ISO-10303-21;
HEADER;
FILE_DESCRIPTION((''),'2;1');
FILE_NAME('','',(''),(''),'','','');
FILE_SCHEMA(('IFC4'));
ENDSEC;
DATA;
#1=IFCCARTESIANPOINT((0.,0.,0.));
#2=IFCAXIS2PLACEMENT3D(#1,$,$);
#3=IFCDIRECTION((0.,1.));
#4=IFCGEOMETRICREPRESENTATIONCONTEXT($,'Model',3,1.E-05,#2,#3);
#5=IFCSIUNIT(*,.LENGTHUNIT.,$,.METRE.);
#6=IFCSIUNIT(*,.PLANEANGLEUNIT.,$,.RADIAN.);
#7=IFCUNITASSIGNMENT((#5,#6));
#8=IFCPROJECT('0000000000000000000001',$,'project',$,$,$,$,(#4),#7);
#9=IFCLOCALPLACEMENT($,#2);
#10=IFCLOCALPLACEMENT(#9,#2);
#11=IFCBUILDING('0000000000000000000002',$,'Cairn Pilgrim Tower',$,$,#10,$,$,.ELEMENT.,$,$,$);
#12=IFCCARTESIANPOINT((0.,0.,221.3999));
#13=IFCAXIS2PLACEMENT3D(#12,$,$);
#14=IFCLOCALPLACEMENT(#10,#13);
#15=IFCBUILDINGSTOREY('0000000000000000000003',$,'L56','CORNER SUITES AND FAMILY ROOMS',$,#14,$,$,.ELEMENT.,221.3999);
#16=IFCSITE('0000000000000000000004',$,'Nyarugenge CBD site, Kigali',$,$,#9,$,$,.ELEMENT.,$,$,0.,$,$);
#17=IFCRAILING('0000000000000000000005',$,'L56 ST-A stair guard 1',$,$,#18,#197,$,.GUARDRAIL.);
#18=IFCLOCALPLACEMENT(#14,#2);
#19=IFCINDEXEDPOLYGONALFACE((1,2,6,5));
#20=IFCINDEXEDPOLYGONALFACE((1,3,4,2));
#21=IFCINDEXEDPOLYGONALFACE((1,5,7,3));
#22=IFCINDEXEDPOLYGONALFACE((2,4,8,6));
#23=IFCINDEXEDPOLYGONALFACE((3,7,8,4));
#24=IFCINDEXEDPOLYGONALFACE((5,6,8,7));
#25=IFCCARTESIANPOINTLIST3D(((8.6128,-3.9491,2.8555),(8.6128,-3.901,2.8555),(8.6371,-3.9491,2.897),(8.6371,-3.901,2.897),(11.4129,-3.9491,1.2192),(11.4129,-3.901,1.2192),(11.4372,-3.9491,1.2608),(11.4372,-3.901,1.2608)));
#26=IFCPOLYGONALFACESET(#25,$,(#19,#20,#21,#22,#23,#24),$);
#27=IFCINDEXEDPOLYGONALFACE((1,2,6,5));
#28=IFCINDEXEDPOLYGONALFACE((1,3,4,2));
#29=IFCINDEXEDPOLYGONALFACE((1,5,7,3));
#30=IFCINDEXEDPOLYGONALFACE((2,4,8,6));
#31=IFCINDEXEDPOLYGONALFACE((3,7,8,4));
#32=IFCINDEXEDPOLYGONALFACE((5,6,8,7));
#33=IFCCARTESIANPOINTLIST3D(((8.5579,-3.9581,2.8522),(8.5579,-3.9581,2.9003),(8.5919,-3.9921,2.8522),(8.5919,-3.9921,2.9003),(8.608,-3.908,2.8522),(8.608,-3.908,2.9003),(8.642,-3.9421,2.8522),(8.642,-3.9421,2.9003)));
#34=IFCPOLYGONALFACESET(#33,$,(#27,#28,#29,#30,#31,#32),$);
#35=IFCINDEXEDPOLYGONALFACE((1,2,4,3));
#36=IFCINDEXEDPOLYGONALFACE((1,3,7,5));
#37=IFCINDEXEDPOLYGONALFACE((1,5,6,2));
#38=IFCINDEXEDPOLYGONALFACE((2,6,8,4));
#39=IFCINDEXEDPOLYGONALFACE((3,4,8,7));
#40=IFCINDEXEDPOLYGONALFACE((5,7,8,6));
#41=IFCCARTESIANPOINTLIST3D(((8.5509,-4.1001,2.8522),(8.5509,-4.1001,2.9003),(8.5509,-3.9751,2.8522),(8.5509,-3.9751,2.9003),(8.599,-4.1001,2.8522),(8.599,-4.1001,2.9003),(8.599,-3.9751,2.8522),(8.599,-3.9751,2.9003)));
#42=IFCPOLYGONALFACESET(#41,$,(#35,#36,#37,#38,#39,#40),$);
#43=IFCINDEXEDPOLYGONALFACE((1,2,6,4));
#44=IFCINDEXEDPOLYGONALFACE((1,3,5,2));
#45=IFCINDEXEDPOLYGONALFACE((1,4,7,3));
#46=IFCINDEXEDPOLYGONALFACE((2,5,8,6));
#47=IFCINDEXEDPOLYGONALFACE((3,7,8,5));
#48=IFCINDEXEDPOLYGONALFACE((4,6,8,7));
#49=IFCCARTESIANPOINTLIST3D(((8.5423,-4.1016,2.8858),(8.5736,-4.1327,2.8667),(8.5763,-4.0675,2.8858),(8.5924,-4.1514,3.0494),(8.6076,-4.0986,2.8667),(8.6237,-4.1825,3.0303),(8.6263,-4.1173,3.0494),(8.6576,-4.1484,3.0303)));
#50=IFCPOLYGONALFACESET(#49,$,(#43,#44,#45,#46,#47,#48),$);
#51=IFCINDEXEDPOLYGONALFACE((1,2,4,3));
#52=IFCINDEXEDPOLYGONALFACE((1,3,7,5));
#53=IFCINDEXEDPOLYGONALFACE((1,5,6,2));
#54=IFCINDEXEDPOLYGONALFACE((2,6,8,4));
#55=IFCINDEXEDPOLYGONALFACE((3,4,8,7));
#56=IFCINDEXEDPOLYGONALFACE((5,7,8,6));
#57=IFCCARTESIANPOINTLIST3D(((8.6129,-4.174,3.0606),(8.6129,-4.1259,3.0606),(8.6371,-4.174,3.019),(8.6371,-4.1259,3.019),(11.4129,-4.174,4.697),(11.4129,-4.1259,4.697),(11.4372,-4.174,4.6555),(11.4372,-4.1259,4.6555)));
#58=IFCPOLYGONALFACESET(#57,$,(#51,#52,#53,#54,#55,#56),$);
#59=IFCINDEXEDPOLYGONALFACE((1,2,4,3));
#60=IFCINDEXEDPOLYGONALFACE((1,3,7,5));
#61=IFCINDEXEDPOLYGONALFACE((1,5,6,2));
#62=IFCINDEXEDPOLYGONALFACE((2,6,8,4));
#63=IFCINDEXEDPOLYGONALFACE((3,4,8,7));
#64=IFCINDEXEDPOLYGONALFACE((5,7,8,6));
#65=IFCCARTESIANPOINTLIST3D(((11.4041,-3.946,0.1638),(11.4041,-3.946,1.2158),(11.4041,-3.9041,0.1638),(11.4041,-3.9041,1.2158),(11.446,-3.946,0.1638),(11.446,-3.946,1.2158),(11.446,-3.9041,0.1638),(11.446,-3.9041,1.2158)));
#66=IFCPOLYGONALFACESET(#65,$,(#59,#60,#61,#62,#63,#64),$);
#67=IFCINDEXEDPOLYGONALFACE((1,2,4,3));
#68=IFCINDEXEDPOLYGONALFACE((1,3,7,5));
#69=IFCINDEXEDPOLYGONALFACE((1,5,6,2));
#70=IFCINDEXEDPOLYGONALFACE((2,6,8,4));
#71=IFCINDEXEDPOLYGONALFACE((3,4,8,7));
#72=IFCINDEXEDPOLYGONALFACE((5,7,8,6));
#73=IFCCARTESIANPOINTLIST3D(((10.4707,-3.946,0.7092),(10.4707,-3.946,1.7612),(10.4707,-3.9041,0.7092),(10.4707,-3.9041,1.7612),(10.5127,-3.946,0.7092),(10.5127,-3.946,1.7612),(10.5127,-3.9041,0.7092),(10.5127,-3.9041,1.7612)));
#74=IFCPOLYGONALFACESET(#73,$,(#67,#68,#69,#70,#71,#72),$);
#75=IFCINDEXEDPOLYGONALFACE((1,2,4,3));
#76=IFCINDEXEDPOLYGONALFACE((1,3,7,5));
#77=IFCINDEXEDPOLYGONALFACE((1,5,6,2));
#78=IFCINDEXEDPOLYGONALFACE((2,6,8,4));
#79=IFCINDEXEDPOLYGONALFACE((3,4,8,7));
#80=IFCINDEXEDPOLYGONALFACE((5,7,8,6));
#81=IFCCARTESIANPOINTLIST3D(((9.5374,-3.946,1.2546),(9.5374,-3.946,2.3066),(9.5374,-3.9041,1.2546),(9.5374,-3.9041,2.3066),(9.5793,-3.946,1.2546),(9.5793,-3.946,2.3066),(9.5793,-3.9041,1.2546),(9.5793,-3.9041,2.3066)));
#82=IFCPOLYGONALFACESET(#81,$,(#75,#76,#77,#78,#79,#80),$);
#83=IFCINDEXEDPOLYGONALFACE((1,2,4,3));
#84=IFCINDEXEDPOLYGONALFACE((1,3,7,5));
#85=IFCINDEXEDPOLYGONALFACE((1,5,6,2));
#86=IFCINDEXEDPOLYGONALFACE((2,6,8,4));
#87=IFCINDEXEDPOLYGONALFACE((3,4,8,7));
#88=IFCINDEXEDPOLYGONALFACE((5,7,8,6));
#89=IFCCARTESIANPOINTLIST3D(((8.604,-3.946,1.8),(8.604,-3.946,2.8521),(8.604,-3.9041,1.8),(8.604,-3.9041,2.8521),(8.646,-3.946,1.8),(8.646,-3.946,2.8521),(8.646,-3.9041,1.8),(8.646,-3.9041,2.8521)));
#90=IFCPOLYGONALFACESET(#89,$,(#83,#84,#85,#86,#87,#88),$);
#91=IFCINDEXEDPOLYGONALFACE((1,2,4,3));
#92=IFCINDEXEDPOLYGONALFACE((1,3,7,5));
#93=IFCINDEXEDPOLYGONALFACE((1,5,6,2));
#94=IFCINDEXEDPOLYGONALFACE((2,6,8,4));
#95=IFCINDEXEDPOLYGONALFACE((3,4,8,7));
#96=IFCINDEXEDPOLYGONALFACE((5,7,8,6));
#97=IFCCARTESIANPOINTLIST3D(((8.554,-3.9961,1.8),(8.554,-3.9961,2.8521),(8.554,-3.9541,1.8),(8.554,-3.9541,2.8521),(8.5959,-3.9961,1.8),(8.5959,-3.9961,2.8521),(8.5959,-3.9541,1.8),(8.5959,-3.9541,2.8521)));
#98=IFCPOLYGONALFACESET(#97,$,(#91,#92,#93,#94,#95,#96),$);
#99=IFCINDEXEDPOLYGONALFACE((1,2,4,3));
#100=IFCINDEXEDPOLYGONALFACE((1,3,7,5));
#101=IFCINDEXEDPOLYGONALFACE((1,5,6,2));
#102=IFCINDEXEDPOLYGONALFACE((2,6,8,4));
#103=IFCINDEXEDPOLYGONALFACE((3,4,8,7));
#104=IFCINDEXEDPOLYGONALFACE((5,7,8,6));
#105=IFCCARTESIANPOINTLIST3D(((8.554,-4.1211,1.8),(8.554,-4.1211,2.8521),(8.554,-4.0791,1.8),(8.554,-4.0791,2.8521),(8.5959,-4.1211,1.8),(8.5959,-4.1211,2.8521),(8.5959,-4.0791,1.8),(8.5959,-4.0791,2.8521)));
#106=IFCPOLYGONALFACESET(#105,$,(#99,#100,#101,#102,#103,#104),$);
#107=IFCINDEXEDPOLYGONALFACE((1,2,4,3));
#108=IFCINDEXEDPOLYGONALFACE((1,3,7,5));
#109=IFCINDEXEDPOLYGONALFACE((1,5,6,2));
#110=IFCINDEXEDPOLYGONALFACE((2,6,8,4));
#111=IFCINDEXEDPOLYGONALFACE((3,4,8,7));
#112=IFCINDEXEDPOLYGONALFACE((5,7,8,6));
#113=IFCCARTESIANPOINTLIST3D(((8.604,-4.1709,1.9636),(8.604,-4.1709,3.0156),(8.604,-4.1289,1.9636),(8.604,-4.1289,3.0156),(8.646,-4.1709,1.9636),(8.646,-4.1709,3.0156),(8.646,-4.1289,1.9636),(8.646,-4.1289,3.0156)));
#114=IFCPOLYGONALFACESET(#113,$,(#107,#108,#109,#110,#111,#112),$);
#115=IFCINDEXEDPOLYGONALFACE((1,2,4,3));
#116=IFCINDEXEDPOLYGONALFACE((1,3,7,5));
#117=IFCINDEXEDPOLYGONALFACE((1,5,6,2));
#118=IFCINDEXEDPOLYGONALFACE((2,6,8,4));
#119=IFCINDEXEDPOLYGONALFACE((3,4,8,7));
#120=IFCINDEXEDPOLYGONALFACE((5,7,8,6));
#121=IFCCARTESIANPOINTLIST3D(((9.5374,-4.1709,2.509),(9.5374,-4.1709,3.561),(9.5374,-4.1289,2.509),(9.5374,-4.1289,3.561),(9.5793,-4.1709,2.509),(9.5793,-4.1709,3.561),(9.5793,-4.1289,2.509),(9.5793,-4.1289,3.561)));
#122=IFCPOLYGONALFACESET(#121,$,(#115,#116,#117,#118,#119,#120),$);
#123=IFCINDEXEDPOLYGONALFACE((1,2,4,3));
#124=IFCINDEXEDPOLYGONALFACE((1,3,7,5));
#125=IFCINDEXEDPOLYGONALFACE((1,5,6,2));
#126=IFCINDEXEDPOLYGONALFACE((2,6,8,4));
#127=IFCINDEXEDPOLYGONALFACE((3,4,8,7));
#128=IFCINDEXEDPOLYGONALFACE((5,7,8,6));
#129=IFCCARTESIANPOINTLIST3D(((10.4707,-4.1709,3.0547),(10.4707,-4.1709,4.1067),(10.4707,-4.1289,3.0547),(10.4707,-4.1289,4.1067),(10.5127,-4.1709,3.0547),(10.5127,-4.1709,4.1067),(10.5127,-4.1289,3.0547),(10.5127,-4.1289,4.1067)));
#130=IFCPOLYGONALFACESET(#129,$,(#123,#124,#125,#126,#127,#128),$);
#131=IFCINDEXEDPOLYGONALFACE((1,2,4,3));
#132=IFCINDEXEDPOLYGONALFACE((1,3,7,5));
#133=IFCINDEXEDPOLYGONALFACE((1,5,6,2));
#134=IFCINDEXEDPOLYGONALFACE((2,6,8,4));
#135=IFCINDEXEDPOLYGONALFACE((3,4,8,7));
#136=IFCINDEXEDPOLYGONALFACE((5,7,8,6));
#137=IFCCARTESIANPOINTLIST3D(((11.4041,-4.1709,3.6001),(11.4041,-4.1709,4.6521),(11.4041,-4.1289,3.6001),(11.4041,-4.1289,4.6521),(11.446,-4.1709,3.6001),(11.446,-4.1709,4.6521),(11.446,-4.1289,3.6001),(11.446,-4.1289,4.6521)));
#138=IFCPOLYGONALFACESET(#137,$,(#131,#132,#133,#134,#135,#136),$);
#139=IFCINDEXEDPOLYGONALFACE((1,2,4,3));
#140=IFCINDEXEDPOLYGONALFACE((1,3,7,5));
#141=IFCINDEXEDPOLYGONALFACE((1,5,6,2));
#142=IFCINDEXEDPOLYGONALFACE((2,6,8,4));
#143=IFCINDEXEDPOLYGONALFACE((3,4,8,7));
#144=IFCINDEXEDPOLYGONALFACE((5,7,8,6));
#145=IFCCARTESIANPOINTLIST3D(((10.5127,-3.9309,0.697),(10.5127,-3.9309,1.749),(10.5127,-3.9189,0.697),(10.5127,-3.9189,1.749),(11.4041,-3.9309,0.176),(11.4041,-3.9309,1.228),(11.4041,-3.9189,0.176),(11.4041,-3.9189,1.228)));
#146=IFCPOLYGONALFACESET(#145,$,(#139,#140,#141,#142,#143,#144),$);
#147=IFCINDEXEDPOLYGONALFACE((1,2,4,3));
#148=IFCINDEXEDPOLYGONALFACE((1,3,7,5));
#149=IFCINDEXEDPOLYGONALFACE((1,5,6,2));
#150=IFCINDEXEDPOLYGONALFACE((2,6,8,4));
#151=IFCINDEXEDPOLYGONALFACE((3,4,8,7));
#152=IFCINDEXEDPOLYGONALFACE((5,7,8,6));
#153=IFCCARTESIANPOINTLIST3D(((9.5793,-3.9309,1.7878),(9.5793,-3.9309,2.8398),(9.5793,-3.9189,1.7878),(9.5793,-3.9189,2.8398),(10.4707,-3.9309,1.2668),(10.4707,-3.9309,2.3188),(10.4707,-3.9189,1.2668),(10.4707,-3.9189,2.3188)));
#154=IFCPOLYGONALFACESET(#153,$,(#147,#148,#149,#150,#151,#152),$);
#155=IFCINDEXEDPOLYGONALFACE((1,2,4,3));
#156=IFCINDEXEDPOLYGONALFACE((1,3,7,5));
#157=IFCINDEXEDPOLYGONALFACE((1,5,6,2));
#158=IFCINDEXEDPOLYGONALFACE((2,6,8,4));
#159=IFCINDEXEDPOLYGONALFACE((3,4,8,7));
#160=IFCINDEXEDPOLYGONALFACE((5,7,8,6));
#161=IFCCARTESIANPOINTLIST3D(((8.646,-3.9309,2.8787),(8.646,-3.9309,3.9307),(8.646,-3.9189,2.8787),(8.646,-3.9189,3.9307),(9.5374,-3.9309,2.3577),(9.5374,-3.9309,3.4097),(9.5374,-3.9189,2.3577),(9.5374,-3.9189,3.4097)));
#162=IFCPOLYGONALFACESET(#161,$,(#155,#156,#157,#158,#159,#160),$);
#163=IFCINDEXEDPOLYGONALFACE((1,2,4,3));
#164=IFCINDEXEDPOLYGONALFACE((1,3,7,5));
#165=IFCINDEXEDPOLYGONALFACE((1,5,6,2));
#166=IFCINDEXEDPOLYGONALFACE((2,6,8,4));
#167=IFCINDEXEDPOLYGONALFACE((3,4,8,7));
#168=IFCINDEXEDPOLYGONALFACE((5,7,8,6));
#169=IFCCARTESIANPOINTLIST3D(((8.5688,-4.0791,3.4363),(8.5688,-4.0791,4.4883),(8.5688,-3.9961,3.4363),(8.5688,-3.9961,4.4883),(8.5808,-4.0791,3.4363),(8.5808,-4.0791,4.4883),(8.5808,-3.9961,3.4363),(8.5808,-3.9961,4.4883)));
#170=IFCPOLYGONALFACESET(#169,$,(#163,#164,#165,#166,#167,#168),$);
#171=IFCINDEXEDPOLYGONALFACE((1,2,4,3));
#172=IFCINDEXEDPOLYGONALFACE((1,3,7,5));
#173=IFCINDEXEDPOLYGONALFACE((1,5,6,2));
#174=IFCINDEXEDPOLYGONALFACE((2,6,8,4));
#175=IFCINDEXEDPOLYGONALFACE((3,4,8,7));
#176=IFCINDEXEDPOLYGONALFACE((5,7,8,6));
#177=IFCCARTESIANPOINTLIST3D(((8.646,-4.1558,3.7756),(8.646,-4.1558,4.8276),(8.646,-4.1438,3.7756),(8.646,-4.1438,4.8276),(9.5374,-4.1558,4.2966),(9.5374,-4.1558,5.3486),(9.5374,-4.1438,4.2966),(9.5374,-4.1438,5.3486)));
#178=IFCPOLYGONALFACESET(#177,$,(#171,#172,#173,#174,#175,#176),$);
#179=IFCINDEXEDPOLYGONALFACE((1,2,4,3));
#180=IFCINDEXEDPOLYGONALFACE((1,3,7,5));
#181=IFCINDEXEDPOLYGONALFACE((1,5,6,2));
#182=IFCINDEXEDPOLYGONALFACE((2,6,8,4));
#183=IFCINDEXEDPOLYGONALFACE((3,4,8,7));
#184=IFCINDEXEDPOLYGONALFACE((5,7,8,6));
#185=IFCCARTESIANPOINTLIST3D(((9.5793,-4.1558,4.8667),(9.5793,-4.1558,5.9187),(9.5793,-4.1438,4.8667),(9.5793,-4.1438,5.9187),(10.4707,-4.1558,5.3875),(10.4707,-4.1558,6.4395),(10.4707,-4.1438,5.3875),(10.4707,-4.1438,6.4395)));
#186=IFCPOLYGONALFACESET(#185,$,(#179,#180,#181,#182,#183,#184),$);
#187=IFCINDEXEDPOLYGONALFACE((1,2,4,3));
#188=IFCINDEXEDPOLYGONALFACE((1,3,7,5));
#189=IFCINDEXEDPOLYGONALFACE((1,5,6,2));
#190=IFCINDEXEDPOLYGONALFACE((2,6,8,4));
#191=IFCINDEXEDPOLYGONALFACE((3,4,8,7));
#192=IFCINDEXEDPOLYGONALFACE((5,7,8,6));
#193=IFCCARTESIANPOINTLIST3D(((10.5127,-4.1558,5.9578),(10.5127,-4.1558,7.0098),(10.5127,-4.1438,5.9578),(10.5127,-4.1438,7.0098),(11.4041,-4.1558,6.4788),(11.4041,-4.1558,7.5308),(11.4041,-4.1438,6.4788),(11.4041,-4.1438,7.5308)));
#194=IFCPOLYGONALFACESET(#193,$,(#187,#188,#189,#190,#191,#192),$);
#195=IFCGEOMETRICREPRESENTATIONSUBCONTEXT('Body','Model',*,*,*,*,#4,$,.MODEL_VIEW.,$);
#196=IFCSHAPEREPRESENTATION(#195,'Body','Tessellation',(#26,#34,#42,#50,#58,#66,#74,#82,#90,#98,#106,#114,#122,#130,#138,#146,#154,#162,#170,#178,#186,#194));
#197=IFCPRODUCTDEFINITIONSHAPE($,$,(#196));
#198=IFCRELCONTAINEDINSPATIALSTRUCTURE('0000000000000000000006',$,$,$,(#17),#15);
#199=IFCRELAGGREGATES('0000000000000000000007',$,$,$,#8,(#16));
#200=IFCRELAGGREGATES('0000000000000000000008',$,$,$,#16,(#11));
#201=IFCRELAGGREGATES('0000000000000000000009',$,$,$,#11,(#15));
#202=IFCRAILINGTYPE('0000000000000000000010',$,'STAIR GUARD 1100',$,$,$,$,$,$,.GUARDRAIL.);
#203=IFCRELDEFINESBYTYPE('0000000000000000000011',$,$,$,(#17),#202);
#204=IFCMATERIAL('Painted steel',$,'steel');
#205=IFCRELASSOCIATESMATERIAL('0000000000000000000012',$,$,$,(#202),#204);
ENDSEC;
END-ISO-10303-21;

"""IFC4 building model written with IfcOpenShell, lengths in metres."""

from ifc_helpers import new_model, si_unit, direction, frame, origin, origin_2d, place, context, subcontext, project, spatial, polyline, rectangle, outline, extrude, material, type_object, element, save


model = new_model("IFC4")

# Units and contexts
model_context = context("Model", 3, precision=1e-05, world=origin(), true_north=direction((0.0, 1.0)))
body_context = subcontext(model_context, "Body", "Model", "MODEL_VIEW")
ifc_project = project(units=[si_unit("LENGTHUNIT", "METRE"), si_unit("PLANEANGLEUNIT", "RADIAN")], contexts=[model_context])

# Site, building, storey
site_placement = place(None, origin())
site = spatial("IfcSite", under=ifc_project, at=site_placement, Name="Nyarugenge CBD site, Kigali", CompositionType="ELEMENT", RefElevation=0.0)
building_placement = place(site_placement, origin())
building = spatial("IfcBuilding", under=site, at=building_placement, Name="Cairn Pilgrim Tower", CompositionType="ELEMENT")
storey_placement = place(building_placement, frame((0.0, 0.0, 221.3999)))
storey = spatial("IfcBuildingStorey", under=building, at=storey_placement, Name="L56", Description="CORNER SUITES AND FAMILY ROOMS", CompositionType="ELEMENT", Elevation=221.3999)

# Shared definitions
ifc_material_1 = material(Name="Painted steel", Category="steel")

# Railing
railing_type_1 = type_object("IfcRailingType", Name="STAIR GUARD 1100", PredefinedType="GUARDRAIL", material=ifc_material_1)
railing_1_placement = place(storey_placement, frame((11.425, -3.925, 0.1638)))
element("IfcRailing", 1, at=railing_1_placement, inside=storey, type_object=railing_type_1, Name="L56 ST-A stair guard 1", PredefinedType="GUARDRAIL", context=body_context, shape_type="SweptSolid", body=[
    extrude(rectangle(XDim=0.0481, YDim=0.0481, at=origin_2d()), frame((0.0, 0.0, 1.0762), z_axis=(-0.863394, 0.0, 0.504531), x_axis=(0.0, -1.0, 0.0)), (0.0, 0.0, 1.0), 3.2432),
    extrude(rectangle(XDim=0.0481, YDim=0.0481, at=origin_2d()), frame((-2.8, 0.0, 2.7124), z_axis=(-0.707107, -0.707107, 0.0), x_axis=(0.707107, -0.707107, 0.0)), (0.0, 0.0, 1.0), 0.0708),
    extrude(rectangle(XDim=0.0481, YDim=0.0481, at=origin_2d()), frame((-2.8501, -0.05, 2.7124), z_axis=(0.0, -1.0, 0.0), x_axis=(1.0, 0.0, 0.0)), (0.0, 0.0, 1.0), 0.125),
    extrude(rectangle(XDim=0.0481, YDim=0.0481, at=origin_2d()), frame((-2.8501, -0.175, 2.7124), z_axis=(0.280917, -0.279546, 0.918118), x_axis=(0.705376, 0.708834, 0.0)), (0.0, 0.0, 1.0), 0.1782),
    extrude(rectangle(XDim=0.0481, YDim=0.0481, at=origin_2d()), frame((-2.8, -0.2249, 2.876), z_axis=(0.863361, 0.0, 0.504587), x_axis=(0.0, 1.0, 0.0)), (0.0, 0.0, 1.0), 3.2432),
    extrude(rectangle(XDim=0.042, YDim=0.042, at=origin_2d()), origin(), (0.0, 0.0, 1.0), 1.052),
    extrude(rectangle(XDim=0.042, YDim=0.042, at=origin_2d()), frame((-0.9333, 0.0, 0.5454)), (0.0, 0.0, 1.0), 1.052),
    extrude(rectangle(XDim=0.042, YDim=0.042, at=origin_2d()), frame((-1.8667, 0.0, 1.0908)), (0.0, 0.0, 1.0), 1.052),
    extrude(rectangle(XDim=0.042, YDim=0.042, at=origin_2d()), frame((-2.8, 0.0, 1.6362)), (0.0, 0.0, 1.0), 1.052),
    extrude(rectangle(XDim=0.042, YDim=0.042, at=origin_2d()), frame((-2.8501, -0.05, 1.6362)), (0.0, 0.0, 1.0), 1.052),
    extrude(rectangle(XDim=0.042, YDim=0.042, at=origin_2d()), frame((-2.8501, -0.175, 1.6362)), (0.0, 0.0, 1.0), 1.052),
    extrude(rectangle(XDim=0.042, YDim=0.042, at=origin_2d()), frame((-2.8, -0.2249, 1.7998)), (0.0, 0.0, 1.0), 1.052),
    extrude(rectangle(XDim=0.042, YDim=0.042, at=origin_2d()), frame((-1.8667, -0.2249, 2.3452)), (0.0, 0.0, 1.0), 1.052),
    extrude(rectangle(XDim=0.042, YDim=0.042, at=origin_2d()), frame((-0.9333, -0.2249, 2.8909)), (0.0, 0.0, 1.0), 1.052),
    extrude(rectangle(XDim=0.042, YDim=0.042, at=origin_2d()), frame((0.0, -0.2249, 3.4363)), (0.0, 0.0, 1.0), 1.052),
    extrude(outline(polyline([(0.021, 0.0122), (0.9124, 0.5332), (0.9124, 1.5852), (0.021, 1.0642), (0.021, 0.0122)])), frame((0.0, -0.0059, 0.0), z_axis=(0.0, 1.0, 0.0), x_axis=(-1.0, 0.0, 0.0)), (0.0, 0.0, 1.0), 0.012),
    extrude(outline(polyline([(0.021, 0.5576), (0.9124, 1.0786), (0.9124, 2.1306), (0.021, 1.6096), (0.021, 0.5576)])), frame((-0.9333, -0.0059, 0.5454), z_axis=(0.0, 1.0, 0.0), x_axis=(-1.0, 0.0, 0.0)), (0.0, 0.0, 1.0), 0.012),
    extrude(outline(polyline([(0.021, 1.103), (0.9124, 1.624), (0.9124, 2.676), (0.021, 2.155), (0.021, 1.103)])), frame((-1.8667, -0.0059, 1.0908), z_axis=(0.0, 1.0, 0.0), x_axis=(-1.0, 0.0, 0.0)), (0.0, 0.0, 1.0), 0.012),
    extrude(outline(polyline([(0.021, 1.6362), (0.104, 1.6362), (0.104, 2.6882), (0.021, 2.6882), (0.021, 1.6362)])), frame((-2.8442, -0.05, 1.6362), z_axis=(-1.0, 0.0, 0.0), x_axis=(0.0, -1.0, 0.0)), (0.0, 0.0, 1.0), 0.012),
    extrude(outline(polyline([(0.021, 1.812), (0.9124, 2.333), (0.9124, 3.385), (0.021, 2.864), (0.021, 1.812)])), frame((-2.8, -0.2188, 1.7998), z_axis=(0.0, -1.0, 0.0), x_axis=(1.0, 0.0, 0.0)), (0.0, 0.0, 1.0), 0.012),
    extrude(outline(polyline([(0.021, 2.3577), (0.9124, 2.8784), (0.9124, 3.9304), (0.021, 3.4097), (0.021, 2.3577)])), frame((-1.8667, -0.2188, 2.3452), z_axis=(0.0, -1.0, 0.0), x_axis=(1.0, 0.0, 0.0)), (0.0, 0.0, 1.0), 0.012),
    extrude(outline(polyline([(0.021, 2.9031), (0.9124, 3.4241), (0.9124, 4.4761), (0.021, 3.9551), (0.021, 2.9031)])), frame((-0.9333, -0.2188, 2.8909), z_axis=(0.0, -1.0, 0.0), x_axis=(1.0, 0.0, 0.0)), (0.0, 0.0, 1.0), 0.012),
])

save(model, "model.ifc")
